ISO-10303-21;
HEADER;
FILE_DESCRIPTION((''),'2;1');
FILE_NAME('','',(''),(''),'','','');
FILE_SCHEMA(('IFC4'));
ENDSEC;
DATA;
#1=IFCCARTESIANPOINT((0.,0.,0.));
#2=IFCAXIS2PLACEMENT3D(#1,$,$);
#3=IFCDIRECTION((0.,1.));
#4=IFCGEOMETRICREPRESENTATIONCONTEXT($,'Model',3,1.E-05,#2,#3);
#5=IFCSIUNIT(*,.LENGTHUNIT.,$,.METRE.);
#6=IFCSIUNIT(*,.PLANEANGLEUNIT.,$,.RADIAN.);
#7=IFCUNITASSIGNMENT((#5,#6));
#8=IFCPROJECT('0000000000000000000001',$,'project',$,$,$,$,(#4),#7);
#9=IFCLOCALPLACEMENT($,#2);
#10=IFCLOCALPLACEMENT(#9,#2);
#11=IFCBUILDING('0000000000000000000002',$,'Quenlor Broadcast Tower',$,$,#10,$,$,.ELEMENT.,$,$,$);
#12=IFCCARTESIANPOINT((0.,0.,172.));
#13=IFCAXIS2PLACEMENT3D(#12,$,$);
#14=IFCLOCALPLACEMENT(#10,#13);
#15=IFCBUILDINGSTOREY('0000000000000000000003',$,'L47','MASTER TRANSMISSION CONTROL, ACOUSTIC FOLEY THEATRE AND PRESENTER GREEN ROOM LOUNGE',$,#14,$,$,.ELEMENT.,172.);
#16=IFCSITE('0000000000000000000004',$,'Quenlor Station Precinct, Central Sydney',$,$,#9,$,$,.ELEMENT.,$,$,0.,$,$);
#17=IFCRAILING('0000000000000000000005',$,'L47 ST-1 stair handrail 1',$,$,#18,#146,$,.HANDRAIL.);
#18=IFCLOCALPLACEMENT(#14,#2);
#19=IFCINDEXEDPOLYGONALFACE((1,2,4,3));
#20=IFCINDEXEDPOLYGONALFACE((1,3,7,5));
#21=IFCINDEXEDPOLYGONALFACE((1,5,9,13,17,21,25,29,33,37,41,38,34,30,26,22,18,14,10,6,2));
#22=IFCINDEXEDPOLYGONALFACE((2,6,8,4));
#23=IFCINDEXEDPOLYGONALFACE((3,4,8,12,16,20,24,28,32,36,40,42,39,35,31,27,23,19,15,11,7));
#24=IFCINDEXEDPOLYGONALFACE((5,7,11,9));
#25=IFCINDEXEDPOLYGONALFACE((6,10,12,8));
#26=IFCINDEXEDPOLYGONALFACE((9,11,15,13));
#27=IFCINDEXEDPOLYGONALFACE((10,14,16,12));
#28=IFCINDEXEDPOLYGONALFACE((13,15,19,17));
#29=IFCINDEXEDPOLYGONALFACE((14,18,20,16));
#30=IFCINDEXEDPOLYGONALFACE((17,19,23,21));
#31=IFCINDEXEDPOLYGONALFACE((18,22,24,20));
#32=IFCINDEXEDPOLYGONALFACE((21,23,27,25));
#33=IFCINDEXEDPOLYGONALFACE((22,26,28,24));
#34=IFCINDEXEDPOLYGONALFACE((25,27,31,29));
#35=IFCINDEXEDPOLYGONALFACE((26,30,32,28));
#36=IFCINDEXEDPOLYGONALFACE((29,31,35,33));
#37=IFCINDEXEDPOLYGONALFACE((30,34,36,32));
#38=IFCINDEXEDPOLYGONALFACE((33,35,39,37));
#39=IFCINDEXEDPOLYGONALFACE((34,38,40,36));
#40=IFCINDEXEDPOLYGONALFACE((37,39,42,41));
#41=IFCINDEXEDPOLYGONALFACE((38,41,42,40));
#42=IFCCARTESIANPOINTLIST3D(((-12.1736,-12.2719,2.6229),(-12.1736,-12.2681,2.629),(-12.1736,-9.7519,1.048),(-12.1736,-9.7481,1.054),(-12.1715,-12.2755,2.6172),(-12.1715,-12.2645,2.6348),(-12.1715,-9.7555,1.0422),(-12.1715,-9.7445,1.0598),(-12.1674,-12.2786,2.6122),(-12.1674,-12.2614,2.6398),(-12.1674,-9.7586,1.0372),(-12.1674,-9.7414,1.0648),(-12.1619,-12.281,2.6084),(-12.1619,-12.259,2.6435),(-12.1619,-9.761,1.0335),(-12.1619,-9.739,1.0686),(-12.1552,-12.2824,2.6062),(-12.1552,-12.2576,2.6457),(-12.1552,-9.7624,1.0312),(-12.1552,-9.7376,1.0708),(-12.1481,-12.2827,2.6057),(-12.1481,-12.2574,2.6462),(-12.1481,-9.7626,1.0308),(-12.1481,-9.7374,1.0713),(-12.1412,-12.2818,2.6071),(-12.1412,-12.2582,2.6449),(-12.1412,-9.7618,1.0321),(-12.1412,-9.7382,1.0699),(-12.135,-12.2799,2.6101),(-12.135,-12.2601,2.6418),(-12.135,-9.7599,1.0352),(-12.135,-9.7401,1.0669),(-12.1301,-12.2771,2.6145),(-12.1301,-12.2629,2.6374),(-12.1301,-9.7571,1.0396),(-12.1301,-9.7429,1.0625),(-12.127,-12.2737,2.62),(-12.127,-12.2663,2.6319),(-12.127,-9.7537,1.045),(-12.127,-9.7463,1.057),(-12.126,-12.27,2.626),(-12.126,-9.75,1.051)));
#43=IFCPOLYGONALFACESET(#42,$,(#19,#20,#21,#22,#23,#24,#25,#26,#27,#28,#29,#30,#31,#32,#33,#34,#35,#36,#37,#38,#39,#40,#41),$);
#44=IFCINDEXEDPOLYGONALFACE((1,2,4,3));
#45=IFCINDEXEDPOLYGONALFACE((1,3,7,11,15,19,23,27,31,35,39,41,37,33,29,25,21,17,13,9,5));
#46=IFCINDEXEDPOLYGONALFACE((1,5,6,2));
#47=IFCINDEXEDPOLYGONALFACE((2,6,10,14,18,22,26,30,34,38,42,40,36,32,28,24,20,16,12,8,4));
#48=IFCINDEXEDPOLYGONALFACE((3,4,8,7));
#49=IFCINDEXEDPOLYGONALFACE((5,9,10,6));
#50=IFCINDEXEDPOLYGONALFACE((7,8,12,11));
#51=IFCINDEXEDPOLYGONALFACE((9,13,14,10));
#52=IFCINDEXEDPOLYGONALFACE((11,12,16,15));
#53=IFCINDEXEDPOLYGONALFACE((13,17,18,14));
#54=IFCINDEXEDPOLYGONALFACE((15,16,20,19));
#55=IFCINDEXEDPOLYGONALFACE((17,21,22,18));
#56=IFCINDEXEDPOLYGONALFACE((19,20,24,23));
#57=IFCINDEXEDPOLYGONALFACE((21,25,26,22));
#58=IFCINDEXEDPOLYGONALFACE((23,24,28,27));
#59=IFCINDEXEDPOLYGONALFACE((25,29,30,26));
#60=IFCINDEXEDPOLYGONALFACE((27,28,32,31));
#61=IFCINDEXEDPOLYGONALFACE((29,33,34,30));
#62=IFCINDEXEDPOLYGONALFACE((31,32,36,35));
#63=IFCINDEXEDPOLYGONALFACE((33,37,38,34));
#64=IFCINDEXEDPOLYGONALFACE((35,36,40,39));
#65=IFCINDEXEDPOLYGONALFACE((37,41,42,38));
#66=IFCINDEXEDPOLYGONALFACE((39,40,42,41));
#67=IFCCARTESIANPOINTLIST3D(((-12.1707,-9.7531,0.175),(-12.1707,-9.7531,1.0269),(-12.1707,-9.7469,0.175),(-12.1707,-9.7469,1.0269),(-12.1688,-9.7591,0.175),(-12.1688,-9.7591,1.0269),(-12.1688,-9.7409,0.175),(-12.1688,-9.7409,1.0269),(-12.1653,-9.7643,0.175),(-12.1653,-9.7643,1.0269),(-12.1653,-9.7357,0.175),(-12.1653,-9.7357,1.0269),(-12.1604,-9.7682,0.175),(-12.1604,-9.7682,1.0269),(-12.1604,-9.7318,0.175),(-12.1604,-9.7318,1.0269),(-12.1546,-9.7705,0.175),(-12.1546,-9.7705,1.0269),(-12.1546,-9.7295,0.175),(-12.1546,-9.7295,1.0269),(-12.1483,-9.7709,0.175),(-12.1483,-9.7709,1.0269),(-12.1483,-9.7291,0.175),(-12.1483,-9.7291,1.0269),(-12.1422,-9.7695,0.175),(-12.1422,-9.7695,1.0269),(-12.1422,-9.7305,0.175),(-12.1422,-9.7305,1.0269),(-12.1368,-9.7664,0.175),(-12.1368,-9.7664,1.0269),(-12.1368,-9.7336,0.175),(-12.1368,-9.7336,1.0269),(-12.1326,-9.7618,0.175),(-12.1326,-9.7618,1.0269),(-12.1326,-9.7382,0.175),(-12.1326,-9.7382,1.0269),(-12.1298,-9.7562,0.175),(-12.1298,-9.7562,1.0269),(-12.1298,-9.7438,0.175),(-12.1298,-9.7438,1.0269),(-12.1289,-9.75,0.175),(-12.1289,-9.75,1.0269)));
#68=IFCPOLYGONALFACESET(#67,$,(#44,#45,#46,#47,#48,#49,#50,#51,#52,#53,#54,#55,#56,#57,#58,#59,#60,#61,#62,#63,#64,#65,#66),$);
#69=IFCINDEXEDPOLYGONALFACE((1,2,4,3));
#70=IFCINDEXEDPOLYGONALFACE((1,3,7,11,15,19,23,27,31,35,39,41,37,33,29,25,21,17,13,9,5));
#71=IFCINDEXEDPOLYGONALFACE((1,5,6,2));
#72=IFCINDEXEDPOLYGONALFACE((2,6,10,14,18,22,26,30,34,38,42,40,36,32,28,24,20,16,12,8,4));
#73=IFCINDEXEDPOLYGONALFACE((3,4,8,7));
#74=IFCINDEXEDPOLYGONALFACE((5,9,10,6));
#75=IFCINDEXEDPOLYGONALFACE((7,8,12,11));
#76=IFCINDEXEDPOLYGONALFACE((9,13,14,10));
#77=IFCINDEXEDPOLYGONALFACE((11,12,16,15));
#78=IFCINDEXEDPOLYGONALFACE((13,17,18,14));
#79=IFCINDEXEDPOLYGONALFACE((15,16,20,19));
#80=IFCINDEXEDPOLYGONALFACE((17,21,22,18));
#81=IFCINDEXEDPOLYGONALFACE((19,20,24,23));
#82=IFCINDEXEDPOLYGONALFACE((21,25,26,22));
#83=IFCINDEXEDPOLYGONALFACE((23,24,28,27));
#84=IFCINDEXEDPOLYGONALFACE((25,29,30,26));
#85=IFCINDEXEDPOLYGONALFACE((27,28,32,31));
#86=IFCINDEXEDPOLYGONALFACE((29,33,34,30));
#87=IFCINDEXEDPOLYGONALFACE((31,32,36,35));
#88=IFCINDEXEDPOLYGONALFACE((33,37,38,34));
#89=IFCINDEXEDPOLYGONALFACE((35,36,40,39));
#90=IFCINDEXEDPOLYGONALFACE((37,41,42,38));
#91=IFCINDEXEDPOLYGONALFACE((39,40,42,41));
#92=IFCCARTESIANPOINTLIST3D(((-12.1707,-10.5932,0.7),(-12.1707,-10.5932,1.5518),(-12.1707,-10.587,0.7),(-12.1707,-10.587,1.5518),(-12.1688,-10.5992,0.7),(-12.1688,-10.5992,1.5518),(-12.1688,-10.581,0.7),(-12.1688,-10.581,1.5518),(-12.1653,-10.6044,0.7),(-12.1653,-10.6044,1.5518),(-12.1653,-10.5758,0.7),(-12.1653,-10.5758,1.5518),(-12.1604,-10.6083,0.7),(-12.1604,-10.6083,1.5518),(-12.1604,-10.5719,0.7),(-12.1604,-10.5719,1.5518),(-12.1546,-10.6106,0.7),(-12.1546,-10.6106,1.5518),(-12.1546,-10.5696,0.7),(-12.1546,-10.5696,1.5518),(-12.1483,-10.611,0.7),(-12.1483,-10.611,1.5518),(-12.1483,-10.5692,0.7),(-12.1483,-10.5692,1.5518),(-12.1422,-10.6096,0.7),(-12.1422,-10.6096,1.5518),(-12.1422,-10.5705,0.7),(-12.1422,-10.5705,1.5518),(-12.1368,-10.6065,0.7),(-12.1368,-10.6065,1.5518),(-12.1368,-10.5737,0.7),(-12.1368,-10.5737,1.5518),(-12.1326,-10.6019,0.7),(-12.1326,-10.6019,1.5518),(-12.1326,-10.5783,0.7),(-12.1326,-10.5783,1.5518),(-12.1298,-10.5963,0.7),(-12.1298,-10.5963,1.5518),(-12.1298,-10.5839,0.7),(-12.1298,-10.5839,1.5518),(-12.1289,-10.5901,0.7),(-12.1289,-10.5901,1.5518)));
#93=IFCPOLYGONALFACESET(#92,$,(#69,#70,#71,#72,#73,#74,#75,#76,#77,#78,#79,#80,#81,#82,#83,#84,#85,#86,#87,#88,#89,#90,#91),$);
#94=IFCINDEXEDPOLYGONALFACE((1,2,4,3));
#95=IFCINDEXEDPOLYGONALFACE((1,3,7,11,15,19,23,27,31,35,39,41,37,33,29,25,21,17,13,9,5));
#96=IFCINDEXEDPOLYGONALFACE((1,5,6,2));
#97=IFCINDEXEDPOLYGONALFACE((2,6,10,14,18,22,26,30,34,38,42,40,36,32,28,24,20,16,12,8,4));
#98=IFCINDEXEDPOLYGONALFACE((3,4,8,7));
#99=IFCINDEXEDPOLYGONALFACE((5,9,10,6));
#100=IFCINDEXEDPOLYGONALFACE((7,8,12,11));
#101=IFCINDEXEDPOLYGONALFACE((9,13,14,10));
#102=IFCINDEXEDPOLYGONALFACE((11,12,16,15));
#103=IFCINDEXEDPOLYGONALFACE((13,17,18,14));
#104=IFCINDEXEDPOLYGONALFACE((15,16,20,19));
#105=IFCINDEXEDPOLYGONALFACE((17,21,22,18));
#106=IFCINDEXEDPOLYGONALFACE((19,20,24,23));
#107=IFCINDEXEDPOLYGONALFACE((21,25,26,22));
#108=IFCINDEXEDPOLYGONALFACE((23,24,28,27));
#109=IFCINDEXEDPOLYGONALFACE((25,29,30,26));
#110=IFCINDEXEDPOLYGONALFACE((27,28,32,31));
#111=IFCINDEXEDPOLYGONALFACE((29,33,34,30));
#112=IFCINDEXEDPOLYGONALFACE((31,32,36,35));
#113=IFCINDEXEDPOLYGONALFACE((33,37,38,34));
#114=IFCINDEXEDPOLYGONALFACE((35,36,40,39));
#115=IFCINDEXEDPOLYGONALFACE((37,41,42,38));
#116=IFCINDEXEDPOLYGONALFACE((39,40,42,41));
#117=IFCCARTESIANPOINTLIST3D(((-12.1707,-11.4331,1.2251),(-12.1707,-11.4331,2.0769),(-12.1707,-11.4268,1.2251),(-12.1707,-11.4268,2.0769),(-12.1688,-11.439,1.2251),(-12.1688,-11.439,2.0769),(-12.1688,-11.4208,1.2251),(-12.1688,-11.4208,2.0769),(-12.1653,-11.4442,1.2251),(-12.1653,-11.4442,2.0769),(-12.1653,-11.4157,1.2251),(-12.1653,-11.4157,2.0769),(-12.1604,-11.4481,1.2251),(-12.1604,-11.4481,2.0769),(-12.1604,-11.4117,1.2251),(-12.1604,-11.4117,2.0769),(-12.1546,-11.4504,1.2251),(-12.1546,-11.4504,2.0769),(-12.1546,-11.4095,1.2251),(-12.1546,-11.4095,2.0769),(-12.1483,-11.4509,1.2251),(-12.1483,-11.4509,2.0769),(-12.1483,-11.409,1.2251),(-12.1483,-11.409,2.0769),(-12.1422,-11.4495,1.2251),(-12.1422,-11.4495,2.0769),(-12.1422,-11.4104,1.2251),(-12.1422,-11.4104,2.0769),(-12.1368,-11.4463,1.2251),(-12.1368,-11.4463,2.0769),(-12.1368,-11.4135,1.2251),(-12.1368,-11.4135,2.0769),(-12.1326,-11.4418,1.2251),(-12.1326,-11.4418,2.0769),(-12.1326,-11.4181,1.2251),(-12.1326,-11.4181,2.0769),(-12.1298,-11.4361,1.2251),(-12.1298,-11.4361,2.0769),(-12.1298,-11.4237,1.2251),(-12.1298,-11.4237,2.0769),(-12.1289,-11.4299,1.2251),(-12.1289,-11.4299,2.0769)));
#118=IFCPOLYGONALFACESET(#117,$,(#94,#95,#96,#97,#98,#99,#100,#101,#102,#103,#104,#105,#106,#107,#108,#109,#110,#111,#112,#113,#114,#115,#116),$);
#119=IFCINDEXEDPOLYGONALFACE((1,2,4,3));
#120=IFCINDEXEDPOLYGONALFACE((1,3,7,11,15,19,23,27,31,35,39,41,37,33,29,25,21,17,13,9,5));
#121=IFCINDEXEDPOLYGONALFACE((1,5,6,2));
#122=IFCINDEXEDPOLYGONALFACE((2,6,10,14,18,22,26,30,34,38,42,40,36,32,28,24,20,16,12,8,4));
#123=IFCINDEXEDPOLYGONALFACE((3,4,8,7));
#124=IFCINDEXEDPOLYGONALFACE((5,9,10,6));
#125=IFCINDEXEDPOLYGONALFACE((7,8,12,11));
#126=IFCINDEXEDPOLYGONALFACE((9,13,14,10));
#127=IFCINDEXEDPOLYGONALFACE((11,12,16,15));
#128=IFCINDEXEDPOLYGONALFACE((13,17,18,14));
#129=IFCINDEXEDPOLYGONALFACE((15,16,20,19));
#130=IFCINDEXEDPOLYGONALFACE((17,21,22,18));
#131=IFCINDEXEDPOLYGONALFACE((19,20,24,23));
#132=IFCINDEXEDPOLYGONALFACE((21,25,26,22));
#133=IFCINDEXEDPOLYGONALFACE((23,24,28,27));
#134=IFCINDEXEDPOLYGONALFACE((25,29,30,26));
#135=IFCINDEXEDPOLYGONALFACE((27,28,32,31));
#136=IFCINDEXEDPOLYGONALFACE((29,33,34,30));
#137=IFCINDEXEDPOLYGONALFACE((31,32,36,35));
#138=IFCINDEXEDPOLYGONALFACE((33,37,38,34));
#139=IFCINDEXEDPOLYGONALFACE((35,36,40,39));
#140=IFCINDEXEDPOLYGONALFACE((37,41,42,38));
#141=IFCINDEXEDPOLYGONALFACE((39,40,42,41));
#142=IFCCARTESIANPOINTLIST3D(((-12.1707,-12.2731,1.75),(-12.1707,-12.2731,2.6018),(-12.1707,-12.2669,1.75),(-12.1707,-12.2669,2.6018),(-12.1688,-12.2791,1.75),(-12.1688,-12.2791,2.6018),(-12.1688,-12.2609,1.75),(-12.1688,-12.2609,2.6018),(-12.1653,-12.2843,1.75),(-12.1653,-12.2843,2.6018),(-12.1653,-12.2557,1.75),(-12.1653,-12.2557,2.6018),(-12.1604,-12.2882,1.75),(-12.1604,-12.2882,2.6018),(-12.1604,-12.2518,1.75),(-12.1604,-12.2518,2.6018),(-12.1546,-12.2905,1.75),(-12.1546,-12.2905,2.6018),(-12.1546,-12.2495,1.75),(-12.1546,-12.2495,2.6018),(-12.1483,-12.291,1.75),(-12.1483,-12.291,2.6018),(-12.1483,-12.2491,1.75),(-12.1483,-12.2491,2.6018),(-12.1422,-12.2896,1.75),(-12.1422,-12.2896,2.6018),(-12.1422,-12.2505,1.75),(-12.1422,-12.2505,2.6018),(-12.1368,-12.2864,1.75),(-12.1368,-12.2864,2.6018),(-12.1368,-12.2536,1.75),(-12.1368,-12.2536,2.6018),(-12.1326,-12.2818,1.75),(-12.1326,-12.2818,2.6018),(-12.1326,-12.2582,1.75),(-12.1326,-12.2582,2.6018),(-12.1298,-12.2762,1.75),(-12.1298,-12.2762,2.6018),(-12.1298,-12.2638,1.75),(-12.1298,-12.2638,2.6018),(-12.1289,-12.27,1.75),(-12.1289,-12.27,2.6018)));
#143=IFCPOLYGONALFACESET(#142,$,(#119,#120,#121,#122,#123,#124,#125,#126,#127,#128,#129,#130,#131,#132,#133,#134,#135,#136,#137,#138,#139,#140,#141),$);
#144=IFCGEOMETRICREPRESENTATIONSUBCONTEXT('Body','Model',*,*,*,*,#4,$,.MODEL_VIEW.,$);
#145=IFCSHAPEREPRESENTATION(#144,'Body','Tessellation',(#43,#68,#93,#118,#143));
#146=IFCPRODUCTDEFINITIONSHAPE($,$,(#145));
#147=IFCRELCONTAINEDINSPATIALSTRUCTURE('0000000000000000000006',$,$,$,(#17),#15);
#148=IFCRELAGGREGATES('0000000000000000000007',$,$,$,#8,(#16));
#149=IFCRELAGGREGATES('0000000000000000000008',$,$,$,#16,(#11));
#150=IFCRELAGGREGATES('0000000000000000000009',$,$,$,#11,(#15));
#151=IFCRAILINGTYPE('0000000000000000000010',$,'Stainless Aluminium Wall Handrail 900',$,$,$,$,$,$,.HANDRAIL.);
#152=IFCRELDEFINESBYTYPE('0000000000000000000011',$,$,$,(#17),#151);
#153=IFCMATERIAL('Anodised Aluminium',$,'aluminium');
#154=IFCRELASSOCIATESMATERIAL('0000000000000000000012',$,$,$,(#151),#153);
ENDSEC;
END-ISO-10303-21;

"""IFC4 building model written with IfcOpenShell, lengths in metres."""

from ifc_helpers import new_model, si_unit, direction, frame, origin, origin_2d, place, context, subcontext, project, spatial, circle, extrude, material, type_object, element, save


model = new_model("IFC4")

# Units and contexts
model_context = context("Model", 3, precision=1e-05, world=origin(), true_north=direction((0.0, 1.0)))
body_context = subcontext(model_context, "Body", "Model", "MODEL_VIEW")
ifc_project = project(units=[si_unit("LENGTHUNIT", "METRE"), si_unit("PLANEANGLEUNIT", "RADIAN")], contexts=[model_context])

# Site, building, storey
site_placement = place(None, origin())
site = spatial("IfcSite", under=ifc_project, at=site_placement, Name="Quenlor Station Precinct, Central Sydney", CompositionType="ELEMENT", RefElevation=0.0)
building_placement = place(site_placement, origin())
building = spatial("IfcBuilding", under=site, at=building_placement, Name="Quenlor Broadcast Tower", CompositionType="ELEMENT")
storey_placement = place(building_placement, frame((0.0, 0.0, 172.0)))
storey = spatial("IfcBuildingStorey", under=building, at=storey_placement, Name="L47", Description="MASTER TRANSMISSION CONTROL, ACOUSTIC FOLEY THEATRE AND PRESENTER GREEN ROOM LOUNGE", CompositionType="ELEMENT", Elevation=172.0)

# Railing
ifc_material_1 = material(Name="Anodised Aluminium", Category="aluminium")
railing_type_1 = type_object("IfcRailingType", Name="Stainless Aluminium Wall Handrail 900", PredefinedType="HANDRAIL", material=ifc_material_1)
railing_1_placement = place(storey_placement, frame((-12.1499, -9.75, 0.175)))
element("IfcRailing", 1, at=railing_1_placement, inside=storey, type_object=railing_type_1, Name="L47 ST-1 stair handrail 1", PredefinedType="HANDRAIL", context=body_context, shape_type="SweptSolid", body=[
    extrude(circle(Radius=0.0239, at=origin_2d()), frame((0.0, 0.0, 0.876), z_axis=(0.0, -0.848008, 0.529984), x_axis=(1.0, 0.0, 0.0)), (0.0, 0.0, 1.0), 2.9717),
    extrude(circle(Radius=0.021, at=origin_2d()), origin(), (0.0, 0.0, 1.0), 0.8518),
    extrude(circle(Radius=0.021, at=origin_2d()), frame((0.0, -0.8401, 0.5249)), (0.0, 0.0, 1.0), 0.8518),
    extrude(circle(Radius=0.021, at=origin_2d()), frame((0.0, -1.6799, 1.05)), (0.0, 0.0, 1.0), 0.8518),
    extrude(circle(Radius=0.021, at=origin_2d()), frame((0.0, -2.52, 1.575)), (0.0, 0.0, 1.0), 0.8518),
])

save(model, "model.ifc")
